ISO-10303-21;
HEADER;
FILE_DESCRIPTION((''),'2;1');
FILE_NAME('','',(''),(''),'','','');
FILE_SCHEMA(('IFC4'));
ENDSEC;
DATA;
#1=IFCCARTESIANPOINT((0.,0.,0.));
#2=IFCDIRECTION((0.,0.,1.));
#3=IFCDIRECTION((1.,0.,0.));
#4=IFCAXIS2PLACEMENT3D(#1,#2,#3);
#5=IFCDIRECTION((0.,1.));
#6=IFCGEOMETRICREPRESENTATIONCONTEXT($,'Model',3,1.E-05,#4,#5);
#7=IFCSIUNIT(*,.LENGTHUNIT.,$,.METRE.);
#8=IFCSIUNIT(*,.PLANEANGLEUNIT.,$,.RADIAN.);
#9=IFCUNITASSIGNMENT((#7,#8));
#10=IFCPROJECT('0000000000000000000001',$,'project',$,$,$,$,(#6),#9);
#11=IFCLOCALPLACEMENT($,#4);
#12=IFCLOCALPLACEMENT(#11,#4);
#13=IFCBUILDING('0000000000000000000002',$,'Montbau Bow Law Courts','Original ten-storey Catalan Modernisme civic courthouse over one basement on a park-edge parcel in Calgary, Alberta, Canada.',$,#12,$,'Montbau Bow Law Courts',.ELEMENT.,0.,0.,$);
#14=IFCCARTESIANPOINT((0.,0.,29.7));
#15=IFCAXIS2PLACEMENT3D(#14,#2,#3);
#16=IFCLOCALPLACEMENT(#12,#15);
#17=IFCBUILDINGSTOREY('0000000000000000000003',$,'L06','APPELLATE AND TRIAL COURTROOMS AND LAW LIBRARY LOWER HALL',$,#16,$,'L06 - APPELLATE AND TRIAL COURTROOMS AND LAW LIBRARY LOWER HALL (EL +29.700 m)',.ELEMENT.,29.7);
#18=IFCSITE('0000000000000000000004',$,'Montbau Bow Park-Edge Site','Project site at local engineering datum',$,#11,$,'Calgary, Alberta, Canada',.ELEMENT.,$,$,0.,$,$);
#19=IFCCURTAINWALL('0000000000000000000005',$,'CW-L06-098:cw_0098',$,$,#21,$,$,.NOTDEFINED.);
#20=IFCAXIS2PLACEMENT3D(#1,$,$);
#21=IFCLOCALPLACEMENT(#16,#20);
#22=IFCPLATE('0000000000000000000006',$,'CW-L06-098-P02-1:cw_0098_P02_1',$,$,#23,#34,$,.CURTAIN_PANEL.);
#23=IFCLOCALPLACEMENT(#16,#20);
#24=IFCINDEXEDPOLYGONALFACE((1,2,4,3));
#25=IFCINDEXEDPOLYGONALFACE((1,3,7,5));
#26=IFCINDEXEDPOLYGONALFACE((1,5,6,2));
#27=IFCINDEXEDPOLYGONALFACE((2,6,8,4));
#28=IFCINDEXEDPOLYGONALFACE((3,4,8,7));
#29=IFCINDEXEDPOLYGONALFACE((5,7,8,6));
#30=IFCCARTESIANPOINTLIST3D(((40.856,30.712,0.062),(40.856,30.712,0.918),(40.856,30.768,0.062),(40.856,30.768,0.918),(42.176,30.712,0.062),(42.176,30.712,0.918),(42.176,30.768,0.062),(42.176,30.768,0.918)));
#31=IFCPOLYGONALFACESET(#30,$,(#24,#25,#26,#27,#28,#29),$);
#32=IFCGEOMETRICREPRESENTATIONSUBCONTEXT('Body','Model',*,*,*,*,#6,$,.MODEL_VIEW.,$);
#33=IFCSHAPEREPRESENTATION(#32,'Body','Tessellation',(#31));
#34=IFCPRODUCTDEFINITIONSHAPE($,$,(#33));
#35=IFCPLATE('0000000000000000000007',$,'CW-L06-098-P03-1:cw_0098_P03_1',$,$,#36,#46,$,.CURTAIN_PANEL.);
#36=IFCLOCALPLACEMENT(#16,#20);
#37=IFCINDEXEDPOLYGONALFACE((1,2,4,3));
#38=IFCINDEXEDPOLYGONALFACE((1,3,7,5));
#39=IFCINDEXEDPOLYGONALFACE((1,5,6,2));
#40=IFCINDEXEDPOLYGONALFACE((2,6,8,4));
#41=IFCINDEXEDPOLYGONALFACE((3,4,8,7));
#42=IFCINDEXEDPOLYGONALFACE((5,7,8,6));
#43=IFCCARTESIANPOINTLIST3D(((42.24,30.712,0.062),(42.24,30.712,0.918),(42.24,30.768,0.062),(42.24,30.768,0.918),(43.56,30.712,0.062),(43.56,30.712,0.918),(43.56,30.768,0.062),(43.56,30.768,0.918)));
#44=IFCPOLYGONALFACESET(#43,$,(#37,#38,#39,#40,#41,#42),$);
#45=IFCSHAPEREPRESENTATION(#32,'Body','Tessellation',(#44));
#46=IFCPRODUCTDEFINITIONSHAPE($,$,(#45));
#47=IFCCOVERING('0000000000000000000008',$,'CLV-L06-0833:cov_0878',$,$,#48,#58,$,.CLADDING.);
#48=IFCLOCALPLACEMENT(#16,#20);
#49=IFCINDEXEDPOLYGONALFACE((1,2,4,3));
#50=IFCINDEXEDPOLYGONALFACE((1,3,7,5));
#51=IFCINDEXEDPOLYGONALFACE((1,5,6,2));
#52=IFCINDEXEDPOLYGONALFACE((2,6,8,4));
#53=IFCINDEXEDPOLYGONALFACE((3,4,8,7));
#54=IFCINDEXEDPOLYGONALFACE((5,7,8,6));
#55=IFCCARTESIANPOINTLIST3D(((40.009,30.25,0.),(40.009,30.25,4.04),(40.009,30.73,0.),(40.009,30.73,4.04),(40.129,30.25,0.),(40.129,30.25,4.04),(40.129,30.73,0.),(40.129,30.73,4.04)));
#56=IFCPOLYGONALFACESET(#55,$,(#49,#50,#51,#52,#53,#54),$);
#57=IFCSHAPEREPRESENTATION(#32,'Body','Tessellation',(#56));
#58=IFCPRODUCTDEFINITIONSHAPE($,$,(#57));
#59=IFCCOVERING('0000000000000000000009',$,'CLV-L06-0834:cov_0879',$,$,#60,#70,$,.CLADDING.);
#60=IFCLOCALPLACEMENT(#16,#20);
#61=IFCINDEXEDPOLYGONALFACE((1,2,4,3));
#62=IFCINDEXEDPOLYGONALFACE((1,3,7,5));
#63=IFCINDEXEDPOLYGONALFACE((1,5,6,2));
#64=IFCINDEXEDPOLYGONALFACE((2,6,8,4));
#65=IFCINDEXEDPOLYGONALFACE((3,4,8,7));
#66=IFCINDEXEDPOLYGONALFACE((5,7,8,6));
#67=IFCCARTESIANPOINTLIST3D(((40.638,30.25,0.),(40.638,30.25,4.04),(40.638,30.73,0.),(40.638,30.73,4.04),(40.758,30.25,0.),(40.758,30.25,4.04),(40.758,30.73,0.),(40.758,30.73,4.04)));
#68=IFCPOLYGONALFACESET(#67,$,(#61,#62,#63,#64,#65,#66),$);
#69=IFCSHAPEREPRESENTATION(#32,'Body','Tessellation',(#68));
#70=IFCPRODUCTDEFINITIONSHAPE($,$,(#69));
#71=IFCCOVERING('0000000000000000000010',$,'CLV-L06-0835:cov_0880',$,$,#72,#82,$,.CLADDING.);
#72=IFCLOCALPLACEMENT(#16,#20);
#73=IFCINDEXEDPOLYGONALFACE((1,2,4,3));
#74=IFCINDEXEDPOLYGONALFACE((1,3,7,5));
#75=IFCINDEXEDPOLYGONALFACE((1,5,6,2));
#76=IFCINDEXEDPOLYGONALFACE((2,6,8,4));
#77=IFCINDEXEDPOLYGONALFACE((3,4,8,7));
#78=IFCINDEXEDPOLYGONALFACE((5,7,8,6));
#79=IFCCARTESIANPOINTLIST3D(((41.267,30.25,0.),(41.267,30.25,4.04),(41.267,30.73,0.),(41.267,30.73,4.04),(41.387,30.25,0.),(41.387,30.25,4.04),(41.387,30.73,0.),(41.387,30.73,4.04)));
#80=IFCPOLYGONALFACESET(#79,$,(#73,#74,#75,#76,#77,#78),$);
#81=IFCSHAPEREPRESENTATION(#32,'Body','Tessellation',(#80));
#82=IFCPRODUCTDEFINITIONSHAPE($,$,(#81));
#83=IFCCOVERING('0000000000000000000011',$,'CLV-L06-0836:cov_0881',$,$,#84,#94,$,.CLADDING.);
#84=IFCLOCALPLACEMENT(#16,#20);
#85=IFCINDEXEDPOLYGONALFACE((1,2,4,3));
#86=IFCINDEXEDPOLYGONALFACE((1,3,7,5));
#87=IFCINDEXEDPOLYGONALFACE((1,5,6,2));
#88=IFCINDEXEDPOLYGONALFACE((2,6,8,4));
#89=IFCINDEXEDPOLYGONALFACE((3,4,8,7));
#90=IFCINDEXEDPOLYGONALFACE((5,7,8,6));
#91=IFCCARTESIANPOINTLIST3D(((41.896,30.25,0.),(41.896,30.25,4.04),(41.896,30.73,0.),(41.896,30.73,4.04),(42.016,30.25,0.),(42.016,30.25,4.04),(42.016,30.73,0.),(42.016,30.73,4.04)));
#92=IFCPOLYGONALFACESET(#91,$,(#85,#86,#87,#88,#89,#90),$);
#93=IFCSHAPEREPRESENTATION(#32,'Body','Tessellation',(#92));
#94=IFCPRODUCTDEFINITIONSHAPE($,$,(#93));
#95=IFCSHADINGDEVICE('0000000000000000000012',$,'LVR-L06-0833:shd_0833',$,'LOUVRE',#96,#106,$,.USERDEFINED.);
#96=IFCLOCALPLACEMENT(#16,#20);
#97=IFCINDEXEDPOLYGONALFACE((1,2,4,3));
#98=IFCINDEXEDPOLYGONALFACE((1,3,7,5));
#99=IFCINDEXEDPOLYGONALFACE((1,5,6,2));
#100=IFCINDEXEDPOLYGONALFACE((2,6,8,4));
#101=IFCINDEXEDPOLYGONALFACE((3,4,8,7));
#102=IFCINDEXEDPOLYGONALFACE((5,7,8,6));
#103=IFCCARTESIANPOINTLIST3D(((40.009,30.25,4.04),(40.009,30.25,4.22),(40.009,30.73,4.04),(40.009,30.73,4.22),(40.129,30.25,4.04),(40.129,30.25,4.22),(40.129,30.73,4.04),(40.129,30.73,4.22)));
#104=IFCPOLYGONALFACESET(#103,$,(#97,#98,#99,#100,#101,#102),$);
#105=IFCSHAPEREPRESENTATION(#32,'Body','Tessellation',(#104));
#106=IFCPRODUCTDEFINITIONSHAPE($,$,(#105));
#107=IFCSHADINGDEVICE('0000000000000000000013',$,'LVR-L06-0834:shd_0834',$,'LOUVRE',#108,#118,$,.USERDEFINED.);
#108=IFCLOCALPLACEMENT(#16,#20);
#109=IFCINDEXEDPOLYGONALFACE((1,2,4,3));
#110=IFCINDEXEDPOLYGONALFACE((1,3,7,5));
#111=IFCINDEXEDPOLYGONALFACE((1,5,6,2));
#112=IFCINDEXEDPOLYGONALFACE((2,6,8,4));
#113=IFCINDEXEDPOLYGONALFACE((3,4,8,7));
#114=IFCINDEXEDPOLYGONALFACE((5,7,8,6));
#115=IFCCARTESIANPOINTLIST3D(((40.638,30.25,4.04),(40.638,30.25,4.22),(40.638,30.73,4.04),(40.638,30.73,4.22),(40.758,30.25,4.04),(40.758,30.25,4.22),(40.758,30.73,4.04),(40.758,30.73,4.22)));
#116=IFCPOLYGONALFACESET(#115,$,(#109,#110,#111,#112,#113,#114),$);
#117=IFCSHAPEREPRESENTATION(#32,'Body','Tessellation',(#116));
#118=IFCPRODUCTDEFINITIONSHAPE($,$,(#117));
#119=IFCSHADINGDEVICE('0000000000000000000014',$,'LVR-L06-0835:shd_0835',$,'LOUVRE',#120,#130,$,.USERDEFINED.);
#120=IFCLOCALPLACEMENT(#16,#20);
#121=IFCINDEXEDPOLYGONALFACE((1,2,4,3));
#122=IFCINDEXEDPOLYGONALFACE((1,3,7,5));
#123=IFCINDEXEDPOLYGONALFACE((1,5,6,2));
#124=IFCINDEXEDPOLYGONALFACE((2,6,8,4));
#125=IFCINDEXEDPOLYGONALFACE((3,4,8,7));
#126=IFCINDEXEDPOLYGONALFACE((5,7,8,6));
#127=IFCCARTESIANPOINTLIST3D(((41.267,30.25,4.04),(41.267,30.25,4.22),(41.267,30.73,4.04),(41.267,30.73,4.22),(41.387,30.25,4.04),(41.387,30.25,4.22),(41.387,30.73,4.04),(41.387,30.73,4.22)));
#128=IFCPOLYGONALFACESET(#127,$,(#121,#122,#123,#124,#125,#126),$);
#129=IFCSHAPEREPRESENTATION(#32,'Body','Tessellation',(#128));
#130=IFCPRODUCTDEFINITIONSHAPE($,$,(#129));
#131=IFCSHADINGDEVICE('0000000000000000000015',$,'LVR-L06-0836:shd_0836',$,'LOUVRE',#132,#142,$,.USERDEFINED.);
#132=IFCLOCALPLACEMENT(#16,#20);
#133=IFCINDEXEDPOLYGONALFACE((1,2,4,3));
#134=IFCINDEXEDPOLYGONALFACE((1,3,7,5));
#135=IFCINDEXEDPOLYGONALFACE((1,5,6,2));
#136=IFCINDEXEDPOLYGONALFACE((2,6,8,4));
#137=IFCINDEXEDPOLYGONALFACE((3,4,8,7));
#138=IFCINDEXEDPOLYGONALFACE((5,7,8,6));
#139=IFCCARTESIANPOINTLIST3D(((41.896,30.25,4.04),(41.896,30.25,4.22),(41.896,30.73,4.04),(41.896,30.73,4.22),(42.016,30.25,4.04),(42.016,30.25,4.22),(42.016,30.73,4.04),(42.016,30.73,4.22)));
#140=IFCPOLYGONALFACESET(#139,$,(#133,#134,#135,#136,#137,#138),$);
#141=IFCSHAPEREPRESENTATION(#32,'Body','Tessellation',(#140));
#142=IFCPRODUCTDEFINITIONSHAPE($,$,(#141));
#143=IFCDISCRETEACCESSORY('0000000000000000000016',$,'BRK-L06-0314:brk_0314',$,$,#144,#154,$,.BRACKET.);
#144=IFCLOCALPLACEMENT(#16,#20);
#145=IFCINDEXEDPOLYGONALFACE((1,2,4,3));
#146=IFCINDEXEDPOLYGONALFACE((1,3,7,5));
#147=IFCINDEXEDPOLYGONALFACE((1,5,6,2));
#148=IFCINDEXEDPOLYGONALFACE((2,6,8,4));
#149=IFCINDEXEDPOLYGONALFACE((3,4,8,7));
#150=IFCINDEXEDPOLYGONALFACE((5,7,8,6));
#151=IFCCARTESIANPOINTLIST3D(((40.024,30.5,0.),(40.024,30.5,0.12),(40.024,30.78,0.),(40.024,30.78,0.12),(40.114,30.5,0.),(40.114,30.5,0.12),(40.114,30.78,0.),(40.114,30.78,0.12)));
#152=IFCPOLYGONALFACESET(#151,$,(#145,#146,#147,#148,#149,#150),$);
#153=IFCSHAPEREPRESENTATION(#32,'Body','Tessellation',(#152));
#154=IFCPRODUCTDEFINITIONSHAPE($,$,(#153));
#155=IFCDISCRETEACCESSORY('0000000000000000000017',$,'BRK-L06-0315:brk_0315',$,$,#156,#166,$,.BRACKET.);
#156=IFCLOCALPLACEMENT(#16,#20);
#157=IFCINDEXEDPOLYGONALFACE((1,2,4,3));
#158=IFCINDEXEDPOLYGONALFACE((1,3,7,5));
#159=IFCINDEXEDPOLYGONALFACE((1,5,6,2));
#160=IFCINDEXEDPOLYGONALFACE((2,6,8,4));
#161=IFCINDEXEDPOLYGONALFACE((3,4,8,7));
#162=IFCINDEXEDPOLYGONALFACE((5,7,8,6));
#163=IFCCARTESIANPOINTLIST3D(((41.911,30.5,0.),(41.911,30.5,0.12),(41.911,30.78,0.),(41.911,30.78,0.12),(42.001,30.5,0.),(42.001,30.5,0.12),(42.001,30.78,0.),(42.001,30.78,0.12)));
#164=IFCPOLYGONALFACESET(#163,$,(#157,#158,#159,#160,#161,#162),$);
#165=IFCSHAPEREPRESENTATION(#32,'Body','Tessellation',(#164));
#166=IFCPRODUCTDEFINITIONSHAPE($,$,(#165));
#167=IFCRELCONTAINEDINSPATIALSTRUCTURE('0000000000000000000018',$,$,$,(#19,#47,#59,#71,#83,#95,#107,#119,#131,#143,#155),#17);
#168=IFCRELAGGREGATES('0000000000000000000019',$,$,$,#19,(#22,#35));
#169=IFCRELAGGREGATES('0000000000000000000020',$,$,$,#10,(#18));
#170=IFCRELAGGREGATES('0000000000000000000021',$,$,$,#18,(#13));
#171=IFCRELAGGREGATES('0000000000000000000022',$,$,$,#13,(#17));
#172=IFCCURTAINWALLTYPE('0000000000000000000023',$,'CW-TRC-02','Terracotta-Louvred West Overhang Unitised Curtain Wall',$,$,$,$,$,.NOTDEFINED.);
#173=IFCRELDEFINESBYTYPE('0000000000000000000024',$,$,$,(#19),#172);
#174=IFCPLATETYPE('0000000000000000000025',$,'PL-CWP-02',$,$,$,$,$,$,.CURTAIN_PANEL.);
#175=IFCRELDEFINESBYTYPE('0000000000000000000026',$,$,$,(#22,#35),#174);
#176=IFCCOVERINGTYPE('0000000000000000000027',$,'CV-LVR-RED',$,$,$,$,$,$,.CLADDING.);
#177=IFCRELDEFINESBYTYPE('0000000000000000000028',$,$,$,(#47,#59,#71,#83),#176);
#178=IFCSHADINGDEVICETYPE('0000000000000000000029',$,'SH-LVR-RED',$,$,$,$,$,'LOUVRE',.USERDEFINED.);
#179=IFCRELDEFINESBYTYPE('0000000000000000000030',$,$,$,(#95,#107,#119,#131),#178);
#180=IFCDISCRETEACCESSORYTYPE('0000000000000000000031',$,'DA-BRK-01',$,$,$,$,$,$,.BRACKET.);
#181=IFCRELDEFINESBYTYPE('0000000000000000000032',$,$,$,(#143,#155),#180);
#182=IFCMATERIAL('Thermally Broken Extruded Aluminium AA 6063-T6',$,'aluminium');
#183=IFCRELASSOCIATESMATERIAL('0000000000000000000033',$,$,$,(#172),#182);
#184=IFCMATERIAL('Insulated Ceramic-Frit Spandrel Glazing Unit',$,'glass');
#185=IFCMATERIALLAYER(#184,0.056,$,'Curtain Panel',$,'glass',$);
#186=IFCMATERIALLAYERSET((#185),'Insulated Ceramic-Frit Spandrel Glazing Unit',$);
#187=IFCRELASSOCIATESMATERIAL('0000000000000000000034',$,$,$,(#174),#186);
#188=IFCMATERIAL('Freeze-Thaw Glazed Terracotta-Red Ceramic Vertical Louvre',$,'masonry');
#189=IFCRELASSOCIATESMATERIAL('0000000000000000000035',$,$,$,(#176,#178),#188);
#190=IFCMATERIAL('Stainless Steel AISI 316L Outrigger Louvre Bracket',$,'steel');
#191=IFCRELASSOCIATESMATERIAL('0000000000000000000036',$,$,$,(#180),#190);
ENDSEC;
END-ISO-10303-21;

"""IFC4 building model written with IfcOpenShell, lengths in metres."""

from ifc_helpers import new_model, si_unit, direction, frame, frame_2d, origin_with_axes, origin_2d_with_axis, place, context, subcontext, project, spatial, rectangle, extrude, material, layer, layer_set, type_object, element, aggregate, save


model = new_model("IFC4")

# Units and contexts
model_context = context("Model", 3, precision=1e-05, world=origin_with_axes(), true_north=direction((0.0, 1.0)))
body_context = subcontext(model_context, "Body", "Model", "MODEL_VIEW")
ifc_project = project(units=[si_unit("LENGTHUNIT", "METRE"), si_unit("PLANEANGLEUNIT", "RADIAN")], contexts=[model_context])

# Site, building, storey
site_placement = place(None, origin_with_axes())
site = spatial("IfcSite", under=ifc_project, at=site_placement, Name="Montbau Bow Park-Edge Site", Description="Project site at local engineering datum", LongName="Calgary, Alberta, Canada", CompositionType="ELEMENT", RefElevation=0.0)
building_placement = place(site_placement, origin_with_axes())
building = spatial("IfcBuilding", under=site, at=building_placement, Name="Montbau Bow Law Courts", Description="Original ten-storey Catalan Modernisme civic courthouse over one basement on a park-edge parcel in Calgary, Alberta, Canada.", LongName="Montbau Bow Law Courts", CompositionType="ELEMENT", ElevationOfRefHeight=0.0, ElevationOfTerrain=0.0)
storey_placement = place(building_placement, frame((0.0, 0.0, 29.7), z_axis=(0.0, 0.0, 1.0), x_axis=(1.0, 0.0, 0.0)))
storey = spatial("IfcBuildingStorey", under=building, at=storey_placement, Name="L06", Description="APPELLATE AND TRIAL COURTROOMS AND LAW LIBRARY LOWER HALL", LongName="L06 - APPELLATE AND TRIAL COURTROOMS AND LAW LIBRARY LOWER HALL (EL +29.700 m)", CompositionType="ELEMENT", Elevation=29.7)

# Curtain wall, plates
ifc_material_1 = material(Name="Thermally Broken Extruded Aluminium AA 6063-T6", Category="aluminium")
curtain_wall_type = type_object("IfcCurtainWallType", Name="CW-TRC-02", Description="Terracotta-Louvred West Overhang Unitised Curtain Wall", PredefinedType="NOTDEFINED", material=ifc_material_1)
curtain_wall_placement = place(None, frame((39.44, 30.74, 29.7), z_axis=(0.0, 0.0, 1.0), x_axis=(1.0, 0.0, 0.0)))
curtain_wall = element("IfcCurtainWall", 1, at=curtain_wall_placement, inside=storey, type_object=curtain_wall_type, Name="CW-L06-098:cw_0098", PredefinedType="NOTDEFINED")
ifc_material_2 = material(Name="Insulated Ceramic-Frit Spandrel Glazing Unit", Category="glass")
ifc_layer_1 = layer(ifc_material_2, 0.056, Name="Curtain Panel", Category="glass")
ifc_layer_set_1 = layer_set([ifc_layer_1], Name="Insulated Ceramic-Frit Spandrel Glazing Unit")
plate_type_1 = type_object("IfcPlateType", Name="PL-CWP-02", PredefinedType="CURTAIN_PANEL", material=ifc_layer_set_1)
plate_1_placement = place(None, frame((40.856, 30.74, 29.762), z_axis=(0.0, -1.0, 0.0), x_axis=(1.0, 0.0, 0.0)))
plate_1 = element("IfcPlate", 2, at=plate_1_placement, type_object=plate_type_1, Name="CW-L06-098-P02-1:cw_0098_P02_1", PredefinedType="CURTAIN_PANEL", context=body_context, shape_type="SweptSolid", body=[
    extrude(rectangle(XDim=1.32, YDim=0.856, at=frame_2d((0.66, 0.428), x_axis=(1.0, 0.0))), frame((0.0, 0.0, -0.028), z_axis=(0.0, 0.0, 1.0), x_axis=(1.0, 0.0, 0.0)), (0.0, 0.0, 1.0), 0.056),
])
plate_2_placement = place(None, frame((42.24, 30.74, 29.762), z_axis=(0.0, -1.0, 0.0), x_axis=(1.0, 0.0, 0.0)))
plate_2 = element("IfcPlate", 3, at=plate_2_placement, type_object=plate_type_1, Name="CW-L06-098-P03-1:cw_0098_P03_1", PredefinedType="CURTAIN_PANEL", context=body_context, shape_type="SweptSolid", body=[
    extrude(rectangle(XDim=1.32, YDim=0.856, at=frame_2d((0.66, 0.428), x_axis=(1.0, 0.0))), frame((0.0, 0.0, -0.028), z_axis=(0.0, 0.0, 1.0), x_axis=(1.0, 0.0, 0.0)), (0.0, 0.0, 1.0), 0.056),
])
aggregate(curtain_wall, [plate_1, plate_2])

# Coverings
ifc_material_3 = material(Name="Freeze-Thaw Glazed Terracotta-Red Ceramic Vertical Louvre", Category="masonry")
covering_type = type_object("IfcCoveringType", Name="CV-LVR-RED", PredefinedType="CLADDING", material=ifc_material_3)
for number, where, z_axis, x_axis, name in (
    (4, (40.069, 30.73, 29.7), (-1.0, 0.0, 0.0), (0.0, -1.0, 0.0), "CLV-L06-0833:cov_0878"),
    (5, (40.698, 30.73, 29.7), (-1.0, 0.0, 0.0), (0.0, -1.0, 0.0), "CLV-L06-0834:cov_0879"),
    (6, (41.327, 30.73, 29.7), (-1.0, 0.0, 0.0), (0.0, -1.0, 0.0), "CLV-L06-0835:cov_0880"),
    (7, (41.956, 30.73, 29.7), (-1.0, 0.0, 0.0), (0.0, -1.0, 0.0), "CLV-L06-0836:cov_0881"),
):
    element("IfcCovering", number, at=place(None, frame(where, z_axis=z_axis, x_axis=x_axis)), inside=storey, type_object=covering_type, Name=name, PredefinedType="CLADDING", context=body_context, shape_type="SweptSolid", body=[
        extrude(rectangle(XDim=0.48, YDim=4.04, at=frame_2d((0.24, 2.02), x_axis=(1.0, 0.0))), frame((0.0, 0.0, -0.06), z_axis=(0.0, 0.0, 1.0), x_axis=(1.0, 0.0, 0.0)), (0.0, 0.0, 1.0), 0.12),
    ])

# Shading devices
shading_device_type = type_object("IfcShadingDeviceType", Name="SH-LVR-RED", ElementType="LOUVRE", PredefinedType="USERDEFINED", material=ifc_material_3)
for number, where, z_axis, x_axis, name in (
    (8, (40.069, 30.49, 33.74), (0.0, 0.0, 1.0), (0.0, -1.0, 0.0), "LVR-L06-0833:shd_0833"),
    (9, (40.698, 30.49, 33.74), (0.0, 0.0, 1.0), (0.0, -1.0, 0.0), "LVR-L06-0834:shd_0834"),
    (10, (41.327, 30.49, 33.74), (0.0, 0.0, 1.0), (0.0, -1.0, 0.0), "LVR-L06-0835:shd_0835"),
    (11, (41.956, 30.49, 33.74), (0.0, 0.0, 1.0), (0.0, -1.0, 0.0), "LVR-L06-0836:shd_0836"),
):
    element("IfcShadingDevice", number, at=place(None, frame(where, z_axis=z_axis, x_axis=x_axis)), inside=storey, type_object=shading_device_type, Name=name, ObjectType="LOUVRE", PredefinedType="USERDEFINED", context=body_context, shape_type="SweptSolid", body=[
        extrude(rectangle(XDim=0.48, YDim=0.12, at=origin_2d_with_axis()), origin_with_axes(), (0.0, 0.0, 1.0), 0.18),
    ])

# Discrete accessories
ifc_material_4 = material(Name="Stainless Steel AISI 316L Outrigger Louvre Bracket", Category="steel")
discrete_accessory_type = type_object("IfcDiscreteAccessoryType", Name="DA-BRK-01", PredefinedType="BRACKET", material=ifc_material_4)
for number, where, z_axis, x_axis, name in (
    (12, (40.069, 30.64, 29.7), (0.0, 0.0, 1.0), (0.0, -1.0, 0.0), "BRK-L06-0314:brk_0314"),
    (13, (41.956, 30.64, 29.7), (0.0, 0.0, 1.0), (0.0, -1.0, 0.0), "BRK-L06-0315:brk_0315"),
):
    element("IfcDiscreteAccessory", number, at=place(None, frame(where, z_axis=z_axis, x_axis=x_axis)), inside=storey, type_object=discrete_accessory_type, Name=name, PredefinedType="BRACKET", context=body_context, shape_type="SweptSolid", body=[
        extrude(rectangle(XDim=0.28, YDim=0.09, at=origin_2d_with_axis()), origin_with_axes(), (0.0, 0.0, 1.0), 0.12),
    ])

save(model, "model.ifc")
